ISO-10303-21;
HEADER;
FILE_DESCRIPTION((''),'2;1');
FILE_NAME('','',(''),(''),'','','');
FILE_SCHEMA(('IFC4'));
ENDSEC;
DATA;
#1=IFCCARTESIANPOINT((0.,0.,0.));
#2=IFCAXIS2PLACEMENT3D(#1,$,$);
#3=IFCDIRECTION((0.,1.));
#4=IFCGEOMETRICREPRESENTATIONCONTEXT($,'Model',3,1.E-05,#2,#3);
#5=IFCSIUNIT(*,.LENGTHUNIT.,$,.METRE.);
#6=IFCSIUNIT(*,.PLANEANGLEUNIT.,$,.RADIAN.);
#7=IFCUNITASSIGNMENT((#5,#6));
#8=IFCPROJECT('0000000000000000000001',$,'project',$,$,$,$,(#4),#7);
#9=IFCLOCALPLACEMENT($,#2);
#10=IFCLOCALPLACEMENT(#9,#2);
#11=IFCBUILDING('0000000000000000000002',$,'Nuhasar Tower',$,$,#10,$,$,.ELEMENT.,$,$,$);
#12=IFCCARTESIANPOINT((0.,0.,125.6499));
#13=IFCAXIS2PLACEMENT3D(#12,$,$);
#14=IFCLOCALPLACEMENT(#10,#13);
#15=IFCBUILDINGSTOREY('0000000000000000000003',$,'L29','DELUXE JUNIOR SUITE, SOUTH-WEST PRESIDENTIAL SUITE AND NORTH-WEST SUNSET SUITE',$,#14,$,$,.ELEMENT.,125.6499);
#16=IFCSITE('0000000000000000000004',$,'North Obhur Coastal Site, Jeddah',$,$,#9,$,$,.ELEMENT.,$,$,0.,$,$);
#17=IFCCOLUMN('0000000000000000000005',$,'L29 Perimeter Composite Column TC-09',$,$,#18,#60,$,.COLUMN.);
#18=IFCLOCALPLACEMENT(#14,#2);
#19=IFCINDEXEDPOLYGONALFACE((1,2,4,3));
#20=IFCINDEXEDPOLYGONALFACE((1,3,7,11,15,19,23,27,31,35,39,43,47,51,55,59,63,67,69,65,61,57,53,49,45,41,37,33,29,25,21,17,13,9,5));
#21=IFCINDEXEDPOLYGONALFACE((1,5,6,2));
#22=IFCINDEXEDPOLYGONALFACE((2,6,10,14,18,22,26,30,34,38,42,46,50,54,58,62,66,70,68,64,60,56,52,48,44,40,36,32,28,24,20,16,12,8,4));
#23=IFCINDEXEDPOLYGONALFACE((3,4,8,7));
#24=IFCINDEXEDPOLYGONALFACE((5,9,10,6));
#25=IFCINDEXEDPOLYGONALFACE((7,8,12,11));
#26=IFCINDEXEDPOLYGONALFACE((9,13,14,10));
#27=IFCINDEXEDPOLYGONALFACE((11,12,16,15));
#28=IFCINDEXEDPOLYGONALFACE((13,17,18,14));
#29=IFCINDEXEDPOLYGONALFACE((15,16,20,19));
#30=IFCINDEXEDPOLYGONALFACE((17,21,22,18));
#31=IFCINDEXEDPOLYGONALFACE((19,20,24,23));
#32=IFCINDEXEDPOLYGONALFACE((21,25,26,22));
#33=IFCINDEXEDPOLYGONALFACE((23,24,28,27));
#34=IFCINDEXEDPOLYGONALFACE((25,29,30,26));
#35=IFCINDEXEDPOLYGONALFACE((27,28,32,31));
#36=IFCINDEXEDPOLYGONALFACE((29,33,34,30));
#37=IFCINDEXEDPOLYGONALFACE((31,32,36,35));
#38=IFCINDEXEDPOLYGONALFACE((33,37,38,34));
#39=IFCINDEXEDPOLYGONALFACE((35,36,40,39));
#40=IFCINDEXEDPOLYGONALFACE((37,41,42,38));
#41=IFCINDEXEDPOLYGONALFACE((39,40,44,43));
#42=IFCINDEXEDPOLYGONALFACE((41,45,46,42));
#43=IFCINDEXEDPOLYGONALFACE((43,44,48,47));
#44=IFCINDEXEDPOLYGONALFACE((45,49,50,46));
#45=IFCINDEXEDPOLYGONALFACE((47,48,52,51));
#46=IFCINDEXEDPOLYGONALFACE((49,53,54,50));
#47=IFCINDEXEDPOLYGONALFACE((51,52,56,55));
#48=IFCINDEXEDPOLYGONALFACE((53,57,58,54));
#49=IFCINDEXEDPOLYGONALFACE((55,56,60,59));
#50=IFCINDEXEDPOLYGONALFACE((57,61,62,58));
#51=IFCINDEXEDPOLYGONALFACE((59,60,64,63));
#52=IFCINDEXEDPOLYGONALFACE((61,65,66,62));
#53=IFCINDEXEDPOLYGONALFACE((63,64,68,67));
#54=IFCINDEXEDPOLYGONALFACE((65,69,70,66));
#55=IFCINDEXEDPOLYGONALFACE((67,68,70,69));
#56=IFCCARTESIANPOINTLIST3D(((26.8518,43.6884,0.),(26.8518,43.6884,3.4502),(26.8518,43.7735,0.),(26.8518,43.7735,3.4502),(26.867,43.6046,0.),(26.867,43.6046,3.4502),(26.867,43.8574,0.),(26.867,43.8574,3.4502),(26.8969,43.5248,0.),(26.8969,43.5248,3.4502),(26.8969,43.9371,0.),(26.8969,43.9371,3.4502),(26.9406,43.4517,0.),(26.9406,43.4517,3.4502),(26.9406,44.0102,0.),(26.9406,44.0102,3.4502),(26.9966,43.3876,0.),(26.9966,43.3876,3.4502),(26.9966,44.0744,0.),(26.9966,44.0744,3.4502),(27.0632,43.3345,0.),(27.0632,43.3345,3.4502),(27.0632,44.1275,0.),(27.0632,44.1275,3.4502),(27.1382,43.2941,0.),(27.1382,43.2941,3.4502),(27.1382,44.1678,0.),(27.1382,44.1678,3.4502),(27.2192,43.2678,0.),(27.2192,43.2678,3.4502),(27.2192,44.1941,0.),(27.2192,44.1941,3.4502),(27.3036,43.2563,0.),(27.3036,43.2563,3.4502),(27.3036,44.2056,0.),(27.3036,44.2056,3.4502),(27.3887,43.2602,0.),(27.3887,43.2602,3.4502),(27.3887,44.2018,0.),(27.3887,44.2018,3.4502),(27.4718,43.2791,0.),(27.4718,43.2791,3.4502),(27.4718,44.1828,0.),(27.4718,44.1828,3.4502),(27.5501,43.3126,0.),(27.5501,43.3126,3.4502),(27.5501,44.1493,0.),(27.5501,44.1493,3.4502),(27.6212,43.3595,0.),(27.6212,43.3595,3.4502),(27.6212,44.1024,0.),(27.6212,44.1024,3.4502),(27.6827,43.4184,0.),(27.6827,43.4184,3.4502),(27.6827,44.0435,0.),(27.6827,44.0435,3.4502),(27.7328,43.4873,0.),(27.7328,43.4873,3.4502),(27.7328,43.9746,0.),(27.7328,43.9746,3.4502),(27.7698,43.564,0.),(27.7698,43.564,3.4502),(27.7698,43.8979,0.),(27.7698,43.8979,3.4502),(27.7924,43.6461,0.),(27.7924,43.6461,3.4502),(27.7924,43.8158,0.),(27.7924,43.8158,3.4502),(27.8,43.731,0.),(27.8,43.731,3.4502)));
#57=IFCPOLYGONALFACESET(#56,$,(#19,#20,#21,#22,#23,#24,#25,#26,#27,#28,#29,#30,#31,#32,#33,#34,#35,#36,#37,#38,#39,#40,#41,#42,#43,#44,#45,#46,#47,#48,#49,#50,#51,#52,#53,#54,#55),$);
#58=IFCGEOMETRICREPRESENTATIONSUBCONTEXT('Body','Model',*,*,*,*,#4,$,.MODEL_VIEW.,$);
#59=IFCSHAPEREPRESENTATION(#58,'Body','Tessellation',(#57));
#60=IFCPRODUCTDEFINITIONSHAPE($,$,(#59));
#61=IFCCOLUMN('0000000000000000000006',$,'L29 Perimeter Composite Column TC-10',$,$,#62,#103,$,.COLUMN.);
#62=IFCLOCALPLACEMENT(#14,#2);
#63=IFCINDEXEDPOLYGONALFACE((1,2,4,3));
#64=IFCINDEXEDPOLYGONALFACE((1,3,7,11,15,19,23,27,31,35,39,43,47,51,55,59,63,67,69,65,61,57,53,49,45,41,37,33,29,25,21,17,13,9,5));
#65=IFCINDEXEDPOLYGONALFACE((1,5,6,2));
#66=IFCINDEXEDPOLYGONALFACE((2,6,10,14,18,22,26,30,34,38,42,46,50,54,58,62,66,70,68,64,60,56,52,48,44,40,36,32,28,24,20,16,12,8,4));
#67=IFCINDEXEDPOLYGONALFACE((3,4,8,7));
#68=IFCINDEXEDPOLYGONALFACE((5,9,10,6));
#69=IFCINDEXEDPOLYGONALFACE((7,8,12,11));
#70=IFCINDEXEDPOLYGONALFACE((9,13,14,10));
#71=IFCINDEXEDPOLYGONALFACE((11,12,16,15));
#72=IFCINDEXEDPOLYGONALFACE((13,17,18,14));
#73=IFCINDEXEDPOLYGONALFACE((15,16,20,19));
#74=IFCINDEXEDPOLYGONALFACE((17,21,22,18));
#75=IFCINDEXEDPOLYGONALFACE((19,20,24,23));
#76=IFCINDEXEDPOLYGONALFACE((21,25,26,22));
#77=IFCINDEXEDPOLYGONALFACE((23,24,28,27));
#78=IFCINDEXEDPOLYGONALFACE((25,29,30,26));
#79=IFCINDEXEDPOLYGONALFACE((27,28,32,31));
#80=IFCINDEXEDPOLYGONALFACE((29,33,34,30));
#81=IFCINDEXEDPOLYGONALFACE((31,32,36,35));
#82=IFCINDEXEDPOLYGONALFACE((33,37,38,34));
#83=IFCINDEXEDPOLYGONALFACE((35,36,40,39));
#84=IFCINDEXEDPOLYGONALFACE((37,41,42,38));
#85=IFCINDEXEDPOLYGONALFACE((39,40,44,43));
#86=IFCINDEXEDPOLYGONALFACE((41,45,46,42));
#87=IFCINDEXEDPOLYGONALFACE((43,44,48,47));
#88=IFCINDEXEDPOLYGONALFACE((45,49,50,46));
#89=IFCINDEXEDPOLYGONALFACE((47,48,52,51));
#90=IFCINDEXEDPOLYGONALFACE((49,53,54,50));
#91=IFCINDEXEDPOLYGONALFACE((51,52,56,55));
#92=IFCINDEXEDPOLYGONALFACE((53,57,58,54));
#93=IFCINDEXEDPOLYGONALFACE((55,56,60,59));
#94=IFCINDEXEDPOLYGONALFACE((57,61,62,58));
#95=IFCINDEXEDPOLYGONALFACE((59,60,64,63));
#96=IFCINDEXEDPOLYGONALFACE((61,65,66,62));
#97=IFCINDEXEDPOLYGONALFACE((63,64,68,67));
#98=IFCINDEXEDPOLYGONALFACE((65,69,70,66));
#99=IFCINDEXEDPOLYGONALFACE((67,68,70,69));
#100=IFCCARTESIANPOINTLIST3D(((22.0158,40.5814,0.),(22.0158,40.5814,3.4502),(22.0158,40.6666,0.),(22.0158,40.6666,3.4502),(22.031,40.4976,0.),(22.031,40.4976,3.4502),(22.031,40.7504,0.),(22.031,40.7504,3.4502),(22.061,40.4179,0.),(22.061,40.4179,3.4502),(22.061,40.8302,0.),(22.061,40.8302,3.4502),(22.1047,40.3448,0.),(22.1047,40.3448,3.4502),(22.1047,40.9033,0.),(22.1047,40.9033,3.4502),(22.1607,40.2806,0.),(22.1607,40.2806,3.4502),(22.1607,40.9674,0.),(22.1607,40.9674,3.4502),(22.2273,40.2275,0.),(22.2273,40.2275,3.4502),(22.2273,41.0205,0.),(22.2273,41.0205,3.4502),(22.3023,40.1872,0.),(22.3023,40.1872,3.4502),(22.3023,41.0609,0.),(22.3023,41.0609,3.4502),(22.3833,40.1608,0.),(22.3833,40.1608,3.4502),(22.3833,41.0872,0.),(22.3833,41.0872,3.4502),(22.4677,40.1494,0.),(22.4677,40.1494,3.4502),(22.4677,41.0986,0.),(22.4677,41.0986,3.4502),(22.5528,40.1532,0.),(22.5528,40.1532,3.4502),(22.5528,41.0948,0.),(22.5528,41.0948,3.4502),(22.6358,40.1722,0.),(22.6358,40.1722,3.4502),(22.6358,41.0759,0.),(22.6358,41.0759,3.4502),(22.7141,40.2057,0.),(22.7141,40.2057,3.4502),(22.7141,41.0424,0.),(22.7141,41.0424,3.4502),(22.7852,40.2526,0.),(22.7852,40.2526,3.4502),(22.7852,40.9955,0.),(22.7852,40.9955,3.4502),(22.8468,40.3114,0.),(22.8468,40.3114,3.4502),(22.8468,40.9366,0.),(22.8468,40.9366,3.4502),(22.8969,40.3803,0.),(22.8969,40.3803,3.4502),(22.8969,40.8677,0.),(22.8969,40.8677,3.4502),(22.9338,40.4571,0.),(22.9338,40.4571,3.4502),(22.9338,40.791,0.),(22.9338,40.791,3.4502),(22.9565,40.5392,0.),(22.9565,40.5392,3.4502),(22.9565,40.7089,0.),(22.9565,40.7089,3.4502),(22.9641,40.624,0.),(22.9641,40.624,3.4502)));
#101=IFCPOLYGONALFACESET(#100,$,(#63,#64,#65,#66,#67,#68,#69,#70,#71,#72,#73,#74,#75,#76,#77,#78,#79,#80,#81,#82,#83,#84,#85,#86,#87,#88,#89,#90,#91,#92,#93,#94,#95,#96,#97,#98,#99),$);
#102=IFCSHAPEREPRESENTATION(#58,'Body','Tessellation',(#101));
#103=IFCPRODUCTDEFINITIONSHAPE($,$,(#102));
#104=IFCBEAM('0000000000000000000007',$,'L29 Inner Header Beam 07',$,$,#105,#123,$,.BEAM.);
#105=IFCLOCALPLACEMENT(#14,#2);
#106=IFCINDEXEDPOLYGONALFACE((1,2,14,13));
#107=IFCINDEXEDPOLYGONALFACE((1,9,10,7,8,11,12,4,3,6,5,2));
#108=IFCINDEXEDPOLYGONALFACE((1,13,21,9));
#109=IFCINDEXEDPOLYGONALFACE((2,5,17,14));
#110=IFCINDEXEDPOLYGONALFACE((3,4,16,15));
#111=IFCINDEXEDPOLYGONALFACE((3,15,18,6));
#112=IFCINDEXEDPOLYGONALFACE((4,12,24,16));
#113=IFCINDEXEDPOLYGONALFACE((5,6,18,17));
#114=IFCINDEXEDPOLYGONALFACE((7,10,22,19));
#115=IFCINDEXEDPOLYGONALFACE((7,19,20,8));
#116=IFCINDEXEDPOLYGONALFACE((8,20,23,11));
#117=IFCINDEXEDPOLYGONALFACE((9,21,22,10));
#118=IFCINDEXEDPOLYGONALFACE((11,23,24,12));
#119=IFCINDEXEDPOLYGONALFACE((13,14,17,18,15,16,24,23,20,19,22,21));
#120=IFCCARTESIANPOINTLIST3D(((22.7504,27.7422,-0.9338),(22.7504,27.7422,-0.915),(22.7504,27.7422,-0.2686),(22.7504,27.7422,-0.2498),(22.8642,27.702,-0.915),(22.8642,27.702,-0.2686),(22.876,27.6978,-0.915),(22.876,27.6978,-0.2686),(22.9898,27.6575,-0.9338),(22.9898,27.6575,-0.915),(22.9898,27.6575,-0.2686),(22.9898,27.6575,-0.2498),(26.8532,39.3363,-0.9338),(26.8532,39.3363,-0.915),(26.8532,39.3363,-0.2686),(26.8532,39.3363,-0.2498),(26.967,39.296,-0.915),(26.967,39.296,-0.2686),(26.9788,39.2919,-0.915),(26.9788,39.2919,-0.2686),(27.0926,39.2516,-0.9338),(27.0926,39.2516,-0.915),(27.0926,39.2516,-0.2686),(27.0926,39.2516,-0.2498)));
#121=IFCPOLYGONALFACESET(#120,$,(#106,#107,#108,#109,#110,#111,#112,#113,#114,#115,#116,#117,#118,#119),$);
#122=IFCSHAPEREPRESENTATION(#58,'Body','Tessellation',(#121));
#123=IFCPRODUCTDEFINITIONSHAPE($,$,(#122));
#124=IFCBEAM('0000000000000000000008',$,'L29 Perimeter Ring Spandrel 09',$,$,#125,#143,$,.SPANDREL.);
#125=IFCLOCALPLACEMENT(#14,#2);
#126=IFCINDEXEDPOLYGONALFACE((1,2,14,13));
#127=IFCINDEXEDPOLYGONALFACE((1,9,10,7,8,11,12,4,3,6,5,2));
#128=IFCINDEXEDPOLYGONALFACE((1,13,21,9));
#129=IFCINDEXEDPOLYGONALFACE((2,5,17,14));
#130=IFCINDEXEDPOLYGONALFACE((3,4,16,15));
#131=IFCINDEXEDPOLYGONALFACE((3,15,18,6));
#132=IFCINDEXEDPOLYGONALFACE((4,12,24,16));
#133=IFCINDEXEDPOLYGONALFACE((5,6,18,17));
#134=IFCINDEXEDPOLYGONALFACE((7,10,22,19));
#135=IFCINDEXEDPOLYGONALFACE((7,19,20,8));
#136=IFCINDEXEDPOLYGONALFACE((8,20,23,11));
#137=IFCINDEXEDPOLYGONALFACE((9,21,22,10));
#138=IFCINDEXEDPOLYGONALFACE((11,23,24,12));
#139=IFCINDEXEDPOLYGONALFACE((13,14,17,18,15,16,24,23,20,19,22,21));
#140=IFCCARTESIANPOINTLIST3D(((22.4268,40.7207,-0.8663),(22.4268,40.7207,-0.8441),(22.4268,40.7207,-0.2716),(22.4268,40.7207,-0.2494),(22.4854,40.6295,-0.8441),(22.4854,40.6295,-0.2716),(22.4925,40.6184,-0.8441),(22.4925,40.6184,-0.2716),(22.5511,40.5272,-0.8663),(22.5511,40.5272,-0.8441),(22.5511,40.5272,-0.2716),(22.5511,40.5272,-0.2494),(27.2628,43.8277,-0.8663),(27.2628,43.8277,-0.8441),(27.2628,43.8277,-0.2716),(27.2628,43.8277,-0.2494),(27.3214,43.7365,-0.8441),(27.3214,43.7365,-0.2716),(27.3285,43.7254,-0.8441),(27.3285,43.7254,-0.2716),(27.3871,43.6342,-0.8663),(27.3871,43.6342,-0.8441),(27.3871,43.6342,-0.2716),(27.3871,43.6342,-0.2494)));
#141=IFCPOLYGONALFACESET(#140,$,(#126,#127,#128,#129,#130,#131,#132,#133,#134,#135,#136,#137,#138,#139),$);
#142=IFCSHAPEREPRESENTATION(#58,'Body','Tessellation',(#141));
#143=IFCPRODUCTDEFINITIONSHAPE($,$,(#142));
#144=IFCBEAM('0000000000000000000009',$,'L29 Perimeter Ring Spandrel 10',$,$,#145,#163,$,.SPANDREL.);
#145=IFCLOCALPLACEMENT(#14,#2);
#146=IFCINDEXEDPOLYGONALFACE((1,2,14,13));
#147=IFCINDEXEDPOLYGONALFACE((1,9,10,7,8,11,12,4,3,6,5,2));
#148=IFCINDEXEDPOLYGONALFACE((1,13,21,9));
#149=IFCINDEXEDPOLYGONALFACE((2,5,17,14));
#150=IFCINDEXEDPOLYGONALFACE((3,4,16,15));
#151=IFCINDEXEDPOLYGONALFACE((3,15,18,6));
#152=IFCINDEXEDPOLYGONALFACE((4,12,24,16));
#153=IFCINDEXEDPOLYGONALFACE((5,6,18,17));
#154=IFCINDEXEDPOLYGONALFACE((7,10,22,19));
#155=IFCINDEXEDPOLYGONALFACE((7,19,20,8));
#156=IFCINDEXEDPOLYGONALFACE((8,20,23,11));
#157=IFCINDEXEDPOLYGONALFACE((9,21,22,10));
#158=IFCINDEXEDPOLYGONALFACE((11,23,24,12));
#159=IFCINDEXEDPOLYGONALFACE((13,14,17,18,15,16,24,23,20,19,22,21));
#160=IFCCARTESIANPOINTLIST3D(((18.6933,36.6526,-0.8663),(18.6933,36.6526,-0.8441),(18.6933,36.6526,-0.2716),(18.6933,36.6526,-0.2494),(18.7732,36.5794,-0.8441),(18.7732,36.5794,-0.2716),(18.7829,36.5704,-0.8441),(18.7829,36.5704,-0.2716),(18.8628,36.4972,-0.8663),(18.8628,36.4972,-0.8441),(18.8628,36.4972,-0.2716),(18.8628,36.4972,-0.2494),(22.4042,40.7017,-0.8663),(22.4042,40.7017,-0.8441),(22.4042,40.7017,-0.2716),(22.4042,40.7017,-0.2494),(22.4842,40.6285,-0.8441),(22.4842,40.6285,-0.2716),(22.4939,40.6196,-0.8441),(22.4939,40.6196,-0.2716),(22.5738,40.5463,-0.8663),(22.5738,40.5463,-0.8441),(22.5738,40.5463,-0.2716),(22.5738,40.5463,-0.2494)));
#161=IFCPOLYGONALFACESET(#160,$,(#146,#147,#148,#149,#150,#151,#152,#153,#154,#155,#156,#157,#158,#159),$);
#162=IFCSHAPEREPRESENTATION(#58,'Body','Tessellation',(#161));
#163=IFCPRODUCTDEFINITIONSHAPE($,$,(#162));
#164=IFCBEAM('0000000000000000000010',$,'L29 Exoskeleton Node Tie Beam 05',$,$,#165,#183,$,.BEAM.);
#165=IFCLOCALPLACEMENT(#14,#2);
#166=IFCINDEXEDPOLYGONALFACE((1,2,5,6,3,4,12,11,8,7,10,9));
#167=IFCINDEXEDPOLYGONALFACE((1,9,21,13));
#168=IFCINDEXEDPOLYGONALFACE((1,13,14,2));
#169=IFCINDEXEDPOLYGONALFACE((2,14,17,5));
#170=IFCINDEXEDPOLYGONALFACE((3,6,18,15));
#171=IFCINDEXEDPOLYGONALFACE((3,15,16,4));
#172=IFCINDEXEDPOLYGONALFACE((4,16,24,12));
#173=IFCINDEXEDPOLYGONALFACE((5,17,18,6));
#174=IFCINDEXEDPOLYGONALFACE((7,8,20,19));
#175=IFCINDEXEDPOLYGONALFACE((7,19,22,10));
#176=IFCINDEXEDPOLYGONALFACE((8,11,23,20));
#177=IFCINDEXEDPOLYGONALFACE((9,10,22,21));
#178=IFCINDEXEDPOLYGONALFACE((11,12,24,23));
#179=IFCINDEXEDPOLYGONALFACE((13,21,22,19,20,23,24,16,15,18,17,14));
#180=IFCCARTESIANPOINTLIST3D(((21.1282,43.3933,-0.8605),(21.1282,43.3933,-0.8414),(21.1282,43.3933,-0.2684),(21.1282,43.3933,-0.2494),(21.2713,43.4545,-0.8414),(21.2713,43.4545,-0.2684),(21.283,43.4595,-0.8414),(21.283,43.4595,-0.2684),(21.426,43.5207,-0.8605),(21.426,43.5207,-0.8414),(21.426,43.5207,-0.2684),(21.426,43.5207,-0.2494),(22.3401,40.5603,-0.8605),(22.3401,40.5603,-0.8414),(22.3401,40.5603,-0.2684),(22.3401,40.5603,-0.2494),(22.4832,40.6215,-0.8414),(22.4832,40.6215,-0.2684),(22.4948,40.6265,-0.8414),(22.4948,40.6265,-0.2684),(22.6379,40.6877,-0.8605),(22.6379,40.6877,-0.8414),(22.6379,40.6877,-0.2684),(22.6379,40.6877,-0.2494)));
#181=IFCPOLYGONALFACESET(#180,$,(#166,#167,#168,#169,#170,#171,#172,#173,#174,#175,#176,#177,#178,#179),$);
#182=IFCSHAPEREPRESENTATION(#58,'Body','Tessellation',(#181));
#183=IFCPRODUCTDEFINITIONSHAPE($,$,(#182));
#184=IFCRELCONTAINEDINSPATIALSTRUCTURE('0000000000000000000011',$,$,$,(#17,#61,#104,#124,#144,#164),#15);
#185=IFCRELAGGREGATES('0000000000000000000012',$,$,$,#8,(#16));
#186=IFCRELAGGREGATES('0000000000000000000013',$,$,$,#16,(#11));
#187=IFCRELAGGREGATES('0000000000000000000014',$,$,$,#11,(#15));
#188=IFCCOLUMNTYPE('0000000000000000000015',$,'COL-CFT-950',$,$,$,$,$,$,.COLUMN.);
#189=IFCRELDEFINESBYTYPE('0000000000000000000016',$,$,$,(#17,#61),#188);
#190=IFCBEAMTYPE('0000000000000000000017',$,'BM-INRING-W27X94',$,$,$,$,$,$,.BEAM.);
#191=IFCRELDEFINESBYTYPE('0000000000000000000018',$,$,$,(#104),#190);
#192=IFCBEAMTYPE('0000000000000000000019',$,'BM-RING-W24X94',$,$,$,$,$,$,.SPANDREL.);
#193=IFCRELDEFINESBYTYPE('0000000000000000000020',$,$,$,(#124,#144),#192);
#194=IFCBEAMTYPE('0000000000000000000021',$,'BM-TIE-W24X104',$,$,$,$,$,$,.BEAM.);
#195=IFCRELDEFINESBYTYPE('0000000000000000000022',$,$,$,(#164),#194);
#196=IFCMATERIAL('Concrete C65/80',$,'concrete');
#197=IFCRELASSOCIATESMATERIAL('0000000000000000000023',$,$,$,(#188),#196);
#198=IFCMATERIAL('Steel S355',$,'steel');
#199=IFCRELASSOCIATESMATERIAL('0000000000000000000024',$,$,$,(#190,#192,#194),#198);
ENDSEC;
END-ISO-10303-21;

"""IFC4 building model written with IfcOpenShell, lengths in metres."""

from ifc_helpers import new_model, si_unit, direction, frame, origin, origin_2d, place, context, subcontext, project, spatial, circle, i_section, extrude, material, material_profile, profile_set, type_object, element, save


model = new_model("IFC4")

# Units and contexts
model_context = context("Model", 3, precision=1e-05, world=origin(), true_north=direction((0.0, 1.0)))
body_context = subcontext(model_context, "Body", "Model", "MODEL_VIEW")
ifc_project = project(units=[si_unit("LENGTHUNIT", "METRE"), si_unit("PLANEANGLEUNIT", "RADIAN")], contexts=[model_context])

# Site, building, storey
site_placement = place(None, origin())
site = spatial("IfcSite", under=ifc_project, at=site_placement, Name="North Obhur Coastal Site, Jeddah", CompositionType="ELEMENT", RefElevation=0.0)
building_placement = place(site_placement, origin())
building = spatial("IfcBuilding", under=site, at=building_placement, Name="Nuhasar Tower", CompositionType="ELEMENT")
storey_placement = place(building_placement, frame((0.0, 0.0, 125.6499)))
storey = spatial("IfcBuildingStorey", under=building, at=storey_placement, Name="L29", Description="DELUXE JUNIOR SUITE, SOUTH-WEST PRESIDENTIAL SUITE AND NORTH-WEST SUNSET SUITE", CompositionType="ELEMENT", Elevation=125.6499)

# Columns
ifc_material_1 = material(Name="Concrete C65/80", Category="concrete")
ifc_material_profile_1 = material_profile(ifc_material_1, circle(Radius=0.4751, at=origin_2d()), Name="CFT950")
ifc_profile_set_1 = profile_set([ifc_material_profile_1], Name="Concrete C65/80")
column_type = type_object("IfcColumnType", Name="COL-CFT-950", PredefinedType="COLUMN", material=ifc_profile_set_1)
for number, where, z_axis, x_axis, name in (
    (1, (27.325, 43.731, 0.0), (0.0, 0.0, 1.0), (1.0, 0.0, 0.0), "L29 Perimeter Composite Column TC-09"),
    (2, (22.489, 40.624, 0.0), (0.0, 0.0, 1.0), (1.0, 0.0, 0.0), "L29 Perimeter Composite Column TC-10"),
):
    element("IfcColumn", number, at=place(storey_placement, frame(where, z_axis=z_axis, x_axis=x_axis)), inside=storey, type_object=column_type, Name=name, PredefinedType="COLUMN", context=body_context, shape_type="SweptSolid", body=[
        extrude(circle(Radius=0.4751, at=origin_2d()), origin(), (0.0, 0.0, 1.0), 3.4502),
    ])

# Beams
ifc_material_2 = material(Name="Steel S355", Category="steel")
ifc_material_profile_2 = material_profile(ifc_material_2, i_section(OverallWidth=0.2539, OverallDepth=0.6841, WebThickness=0.0125, FlangeThickness=0.0188, at=origin_2d()), Name="W27X94")
ifc_profile_set_2 = profile_set([ifc_material_profile_2], Name="Steel S355")
beam_type_1 = type_object("IfcBeamType", Name="BM-INRING-W27X94", PredefinedType="BEAM", material=ifc_profile_set_2)
beam_1_placement = place(storey_placement, frame((26.9729, 39.2939, -0.5918), z_axis=(-0.3336, -0.942715, 0.0), x_axis=(0.942715, -0.3336, 0.0)))
element("IfcBeam", 3, at=beam_1_placement, inside=storey, type_object=beam_type_1, Name="L29 Inner Header Beam 07", PredefinedType="BEAM", context=body_context, shape_type="SweptSolid", body=[
    extrude(i_section(OverallWidth=0.2539, OverallDepth=0.6841, WebThickness=0.0125, FlangeThickness=0.0188, at=origin_2d()), origin(), (0.0, 0.0, 1.0), 12.2986),
])
ifc_material_profile_3 = material_profile(ifc_material_2, i_section(OverallWidth=0.23, OverallDepth=0.6169, WebThickness=0.0132, FlangeThickness=0.0222, at=origin_2d()), Name="W24X94")
ifc_profile_set_3 = profile_set([ifc_material_profile_3], Name="Steel S355")
beam_type_2 = type_object("IfcBeamType", Name="BM-RING-W24X94", PredefinedType="SPANDREL", material=ifc_profile_set_3)
beam_2_placement = place(storey_placement, frame((27.325, 43.731, -0.5579), z_axis=(-0.841327, -0.540526, 0.0), x_axis=(0.540526, -0.841327, 0.0)))
element("IfcBeam", 4, at=beam_2_placement, inside=storey, type_object=beam_type_2, Name="L29 Perimeter Ring Spandrel 09", PredefinedType="SPANDREL", context=body_context, shape_type="SweptSolid", body=[
    extrude(i_section(OverallWidth=0.23, OverallDepth=0.6169, WebThickness=0.0132, FlangeThickness=0.0222, at=origin_2d()), origin(), (0.0, 0.0, 1.0), 5.748),
])
beam_3_placement = place(storey_placement, frame((22.489, 40.624, -0.5579), z_axis=(-0.675654, -0.737219, 0.0), x_axis=(0.737219, -0.675654, 0.0)))
element("IfcBeam", 5, at=beam_3_placement, inside=storey, type_object=beam_type_2, Name="L29 Perimeter Ring Spandrel 10", PredefinedType="SPANDREL", context=body_context, shape_type="SweptSolid", body=[
    extrude(i_section(OverallWidth=0.23, OverallDepth=0.6169, WebThickness=0.0132, FlangeThickness=0.0222, at=origin_2d()), origin(), (0.0, 0.0, 1.0), 5.4924),
])
ifc_material_profile_4 = material_profile(ifc_material_2, i_section(OverallWidth=0.324, OverallDepth=0.6111, WebThickness=0.0127, FlangeThickness=0.019, at=origin_2d()), Name="W24X104")
ifc_profile_set_4 = profile_set([ifc_material_profile_4], Name="Steel S355")
beam_type_3 = type_object("IfcBeamType", Name="BM-TIE-W24X104", PredefinedType="BEAM", material=ifc_profile_set_4)
beam_4_placement = place(storey_placement, frame((22.489, 40.624, -0.5549), z_axis=(-0.393307, 0.919407, 0.0), x_axis=(-0.919407, -0.393307, 0.0)))
element("IfcBeam", 6, at=beam_4_placement, inside=storey, type_object=beam_type_3, Name="L29 Exoskeleton Node Tie Beam 05", PredefinedType="BEAM", context=body_context, shape_type="SweptSolid", body=[
    extrude(i_section(OverallWidth=0.324, OverallDepth=0.6111, WebThickness=0.0127, FlangeThickness=0.019, at=origin_2d()), origin(), (0.0, 0.0, 1.0), 3.0813),
])

save(model, "model.ifc")
